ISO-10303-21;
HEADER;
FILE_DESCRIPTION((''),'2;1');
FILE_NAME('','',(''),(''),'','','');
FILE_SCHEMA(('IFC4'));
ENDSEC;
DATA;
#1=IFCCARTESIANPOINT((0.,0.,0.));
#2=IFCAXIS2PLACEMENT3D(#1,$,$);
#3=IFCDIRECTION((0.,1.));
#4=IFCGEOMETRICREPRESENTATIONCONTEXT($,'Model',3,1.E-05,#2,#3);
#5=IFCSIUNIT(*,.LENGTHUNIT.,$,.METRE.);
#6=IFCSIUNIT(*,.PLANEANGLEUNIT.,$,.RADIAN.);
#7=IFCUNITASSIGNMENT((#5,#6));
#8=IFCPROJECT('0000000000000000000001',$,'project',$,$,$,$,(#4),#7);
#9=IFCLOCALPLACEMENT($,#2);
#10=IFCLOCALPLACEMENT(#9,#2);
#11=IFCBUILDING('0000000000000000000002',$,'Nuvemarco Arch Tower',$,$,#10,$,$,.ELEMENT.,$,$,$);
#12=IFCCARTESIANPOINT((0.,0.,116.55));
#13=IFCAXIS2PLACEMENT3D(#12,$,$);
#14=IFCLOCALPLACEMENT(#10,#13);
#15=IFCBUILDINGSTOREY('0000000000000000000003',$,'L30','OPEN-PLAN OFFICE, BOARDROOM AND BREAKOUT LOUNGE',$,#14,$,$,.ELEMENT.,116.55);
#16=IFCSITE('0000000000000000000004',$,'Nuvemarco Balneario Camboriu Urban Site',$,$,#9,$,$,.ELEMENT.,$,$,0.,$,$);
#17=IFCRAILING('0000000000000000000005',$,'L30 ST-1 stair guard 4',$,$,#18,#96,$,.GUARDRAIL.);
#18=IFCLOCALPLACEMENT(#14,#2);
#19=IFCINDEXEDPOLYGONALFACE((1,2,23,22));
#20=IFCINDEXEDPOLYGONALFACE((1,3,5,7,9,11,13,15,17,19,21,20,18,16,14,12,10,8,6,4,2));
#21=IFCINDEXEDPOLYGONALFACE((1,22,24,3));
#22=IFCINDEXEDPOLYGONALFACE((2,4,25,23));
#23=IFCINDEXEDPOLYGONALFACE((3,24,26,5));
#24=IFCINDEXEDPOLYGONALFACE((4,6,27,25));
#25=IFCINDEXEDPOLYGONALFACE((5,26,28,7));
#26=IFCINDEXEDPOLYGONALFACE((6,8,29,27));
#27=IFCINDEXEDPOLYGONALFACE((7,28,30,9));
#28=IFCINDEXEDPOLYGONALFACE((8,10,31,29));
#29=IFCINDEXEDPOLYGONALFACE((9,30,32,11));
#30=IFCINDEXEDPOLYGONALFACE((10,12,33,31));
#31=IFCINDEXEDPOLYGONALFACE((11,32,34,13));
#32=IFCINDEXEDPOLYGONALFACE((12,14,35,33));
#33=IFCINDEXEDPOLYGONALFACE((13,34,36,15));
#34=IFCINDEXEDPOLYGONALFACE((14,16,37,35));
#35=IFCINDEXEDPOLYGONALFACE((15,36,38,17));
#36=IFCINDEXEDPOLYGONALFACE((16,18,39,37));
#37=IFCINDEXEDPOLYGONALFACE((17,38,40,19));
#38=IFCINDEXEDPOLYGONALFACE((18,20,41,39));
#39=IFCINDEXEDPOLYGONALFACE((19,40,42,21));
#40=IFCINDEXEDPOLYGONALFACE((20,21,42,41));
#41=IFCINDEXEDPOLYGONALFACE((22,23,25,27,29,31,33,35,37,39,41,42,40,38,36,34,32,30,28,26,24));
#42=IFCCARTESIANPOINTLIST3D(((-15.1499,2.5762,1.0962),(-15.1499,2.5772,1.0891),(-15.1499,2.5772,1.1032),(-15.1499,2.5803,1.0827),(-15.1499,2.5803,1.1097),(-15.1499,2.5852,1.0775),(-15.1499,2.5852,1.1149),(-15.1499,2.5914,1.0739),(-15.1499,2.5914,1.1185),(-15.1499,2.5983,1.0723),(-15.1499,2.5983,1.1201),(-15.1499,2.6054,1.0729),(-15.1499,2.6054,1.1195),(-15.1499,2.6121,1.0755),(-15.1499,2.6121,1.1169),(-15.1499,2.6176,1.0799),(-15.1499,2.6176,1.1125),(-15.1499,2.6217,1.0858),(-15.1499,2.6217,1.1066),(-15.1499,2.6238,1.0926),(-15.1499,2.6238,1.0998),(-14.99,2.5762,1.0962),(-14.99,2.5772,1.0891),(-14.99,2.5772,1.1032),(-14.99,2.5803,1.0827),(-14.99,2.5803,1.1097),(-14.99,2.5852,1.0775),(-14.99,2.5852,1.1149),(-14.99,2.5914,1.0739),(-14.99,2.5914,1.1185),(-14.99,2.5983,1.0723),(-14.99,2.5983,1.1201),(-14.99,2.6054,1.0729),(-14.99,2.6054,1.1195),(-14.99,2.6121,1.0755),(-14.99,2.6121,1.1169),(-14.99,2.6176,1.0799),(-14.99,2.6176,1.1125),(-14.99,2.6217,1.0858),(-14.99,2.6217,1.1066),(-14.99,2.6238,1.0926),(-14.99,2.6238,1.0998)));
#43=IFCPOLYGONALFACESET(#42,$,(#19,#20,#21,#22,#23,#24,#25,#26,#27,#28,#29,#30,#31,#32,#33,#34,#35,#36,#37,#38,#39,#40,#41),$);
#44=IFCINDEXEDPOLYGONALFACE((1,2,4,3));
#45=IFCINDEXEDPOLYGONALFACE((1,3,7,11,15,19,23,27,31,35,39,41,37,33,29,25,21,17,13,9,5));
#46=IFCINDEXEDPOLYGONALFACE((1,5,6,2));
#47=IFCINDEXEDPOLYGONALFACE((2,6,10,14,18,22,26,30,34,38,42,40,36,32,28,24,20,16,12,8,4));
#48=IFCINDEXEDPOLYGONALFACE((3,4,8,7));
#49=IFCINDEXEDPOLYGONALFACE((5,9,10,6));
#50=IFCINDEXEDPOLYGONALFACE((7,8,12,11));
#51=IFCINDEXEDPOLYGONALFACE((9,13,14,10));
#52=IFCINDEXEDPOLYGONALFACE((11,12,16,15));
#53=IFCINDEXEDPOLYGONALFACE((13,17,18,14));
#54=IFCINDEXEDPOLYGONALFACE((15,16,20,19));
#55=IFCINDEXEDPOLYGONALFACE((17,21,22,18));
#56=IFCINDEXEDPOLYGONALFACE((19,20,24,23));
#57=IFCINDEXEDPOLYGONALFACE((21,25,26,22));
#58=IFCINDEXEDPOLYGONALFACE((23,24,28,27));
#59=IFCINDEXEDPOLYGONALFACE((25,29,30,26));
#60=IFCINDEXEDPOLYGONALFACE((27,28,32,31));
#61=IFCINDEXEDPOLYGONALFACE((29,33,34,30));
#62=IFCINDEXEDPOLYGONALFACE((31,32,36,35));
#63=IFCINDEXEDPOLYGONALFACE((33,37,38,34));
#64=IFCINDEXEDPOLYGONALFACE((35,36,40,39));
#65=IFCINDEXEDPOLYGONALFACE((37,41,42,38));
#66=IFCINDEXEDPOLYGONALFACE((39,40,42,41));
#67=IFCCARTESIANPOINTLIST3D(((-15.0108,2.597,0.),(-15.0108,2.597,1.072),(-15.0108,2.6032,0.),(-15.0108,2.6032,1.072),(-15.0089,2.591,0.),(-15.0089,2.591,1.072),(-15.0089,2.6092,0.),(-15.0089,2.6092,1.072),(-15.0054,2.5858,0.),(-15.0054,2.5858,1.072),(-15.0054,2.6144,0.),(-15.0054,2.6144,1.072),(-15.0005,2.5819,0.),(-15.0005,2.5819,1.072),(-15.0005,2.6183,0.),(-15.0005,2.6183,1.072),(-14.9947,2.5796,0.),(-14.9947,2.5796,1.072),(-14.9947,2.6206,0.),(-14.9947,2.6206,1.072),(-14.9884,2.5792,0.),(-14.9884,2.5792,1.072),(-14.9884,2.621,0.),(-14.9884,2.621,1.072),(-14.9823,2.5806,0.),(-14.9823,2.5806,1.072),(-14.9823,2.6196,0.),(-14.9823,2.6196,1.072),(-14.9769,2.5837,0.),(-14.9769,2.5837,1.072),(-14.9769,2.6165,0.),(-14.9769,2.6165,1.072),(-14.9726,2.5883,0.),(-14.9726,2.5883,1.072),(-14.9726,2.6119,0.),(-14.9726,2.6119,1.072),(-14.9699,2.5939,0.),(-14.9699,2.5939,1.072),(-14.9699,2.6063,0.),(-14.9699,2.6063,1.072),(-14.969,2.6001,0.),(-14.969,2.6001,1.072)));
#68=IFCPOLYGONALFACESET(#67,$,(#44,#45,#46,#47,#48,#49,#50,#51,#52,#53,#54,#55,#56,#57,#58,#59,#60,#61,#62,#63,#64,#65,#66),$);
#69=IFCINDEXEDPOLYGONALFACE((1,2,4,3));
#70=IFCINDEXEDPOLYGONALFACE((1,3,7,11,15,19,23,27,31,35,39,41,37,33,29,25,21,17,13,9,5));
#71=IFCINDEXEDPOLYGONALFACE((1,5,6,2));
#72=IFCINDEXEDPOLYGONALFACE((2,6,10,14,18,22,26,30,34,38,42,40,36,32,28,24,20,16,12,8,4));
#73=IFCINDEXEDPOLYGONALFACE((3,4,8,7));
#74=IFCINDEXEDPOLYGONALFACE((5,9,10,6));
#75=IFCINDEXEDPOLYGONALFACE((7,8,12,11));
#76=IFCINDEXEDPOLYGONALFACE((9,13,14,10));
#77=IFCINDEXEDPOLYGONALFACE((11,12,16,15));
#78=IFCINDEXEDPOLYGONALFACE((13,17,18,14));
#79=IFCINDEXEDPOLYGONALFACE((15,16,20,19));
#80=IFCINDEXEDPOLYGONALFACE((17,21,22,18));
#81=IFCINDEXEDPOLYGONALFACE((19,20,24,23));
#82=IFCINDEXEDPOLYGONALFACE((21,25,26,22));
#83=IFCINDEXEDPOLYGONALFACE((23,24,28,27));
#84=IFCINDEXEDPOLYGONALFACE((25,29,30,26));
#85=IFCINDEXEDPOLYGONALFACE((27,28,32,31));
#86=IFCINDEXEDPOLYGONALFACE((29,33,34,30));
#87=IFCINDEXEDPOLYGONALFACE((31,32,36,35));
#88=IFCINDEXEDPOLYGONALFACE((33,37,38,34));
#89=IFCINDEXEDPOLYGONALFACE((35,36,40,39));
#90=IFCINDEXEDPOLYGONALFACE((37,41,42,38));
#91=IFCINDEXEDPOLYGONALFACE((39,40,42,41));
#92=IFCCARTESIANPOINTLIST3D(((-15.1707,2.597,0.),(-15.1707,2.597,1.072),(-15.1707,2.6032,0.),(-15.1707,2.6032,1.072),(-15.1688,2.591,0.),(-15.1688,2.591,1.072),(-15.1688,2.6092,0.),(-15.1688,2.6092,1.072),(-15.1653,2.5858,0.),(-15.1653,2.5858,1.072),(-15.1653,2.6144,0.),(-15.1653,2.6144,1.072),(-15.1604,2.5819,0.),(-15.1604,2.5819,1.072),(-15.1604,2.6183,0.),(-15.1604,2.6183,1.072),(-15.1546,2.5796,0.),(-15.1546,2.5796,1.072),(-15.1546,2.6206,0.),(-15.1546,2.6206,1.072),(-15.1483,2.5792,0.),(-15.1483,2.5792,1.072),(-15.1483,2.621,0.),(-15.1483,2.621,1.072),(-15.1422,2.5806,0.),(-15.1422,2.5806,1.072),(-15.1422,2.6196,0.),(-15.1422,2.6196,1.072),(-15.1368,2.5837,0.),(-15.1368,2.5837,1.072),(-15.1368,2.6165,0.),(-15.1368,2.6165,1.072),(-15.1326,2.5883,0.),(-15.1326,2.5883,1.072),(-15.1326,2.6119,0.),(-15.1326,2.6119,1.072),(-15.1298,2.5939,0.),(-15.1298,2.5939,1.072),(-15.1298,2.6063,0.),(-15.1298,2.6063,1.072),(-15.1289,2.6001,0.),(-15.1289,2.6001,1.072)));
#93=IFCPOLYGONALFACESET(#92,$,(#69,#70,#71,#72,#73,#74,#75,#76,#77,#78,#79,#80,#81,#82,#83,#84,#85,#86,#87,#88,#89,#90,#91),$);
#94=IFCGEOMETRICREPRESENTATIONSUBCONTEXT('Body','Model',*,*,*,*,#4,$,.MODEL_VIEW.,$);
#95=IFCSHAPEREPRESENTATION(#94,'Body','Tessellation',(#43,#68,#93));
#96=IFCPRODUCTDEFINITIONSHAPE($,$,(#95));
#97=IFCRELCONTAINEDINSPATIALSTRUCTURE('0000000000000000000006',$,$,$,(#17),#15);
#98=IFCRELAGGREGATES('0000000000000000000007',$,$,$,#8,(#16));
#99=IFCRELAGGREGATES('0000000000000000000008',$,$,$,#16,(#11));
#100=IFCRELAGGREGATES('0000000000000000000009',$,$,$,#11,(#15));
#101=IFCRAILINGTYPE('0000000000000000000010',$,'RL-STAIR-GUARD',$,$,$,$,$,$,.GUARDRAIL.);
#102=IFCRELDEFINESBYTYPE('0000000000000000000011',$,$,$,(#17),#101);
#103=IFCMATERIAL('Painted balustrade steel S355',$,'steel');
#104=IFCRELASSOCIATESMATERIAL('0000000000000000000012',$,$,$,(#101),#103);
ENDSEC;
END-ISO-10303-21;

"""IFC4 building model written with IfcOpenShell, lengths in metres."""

from ifc_helpers import new_model, si_unit, direction, frame, origin, origin_2d, place, context, subcontext, project, spatial, circle, extrude, material, type_object, element, save


model = new_model("IFC4")

# Units and contexts
model_context = context("Model", 3, precision=1e-05, world=origin(), true_north=direction((0.0, 1.0)))
body_context = subcontext(model_context, "Body", "Model", "MODEL_VIEW")
ifc_project = project(units=[si_unit("LENGTHUNIT", "METRE"), si_unit("PLANEANGLEUNIT", "RADIAN")], contexts=[model_context])

# Site, building, storey
site_placement = place(None, origin())
site = spatial("IfcSite", under=ifc_project, at=site_placement, Name="Nuvemarco Balneario Camboriu Urban Site", CompositionType="ELEMENT", RefElevation=0.0)
building_placement = place(site_placement, origin())
building = spatial("IfcBuilding", under=site, at=building_placement, Name="Nuvemarco Arch Tower", CompositionType="ELEMENT")
storey_placement = place(building_placement, frame((0.0, 0.0, 116.55)))
storey = spatial("IfcBuildingStorey", under=building, at=storey_placement, Name="L30", Description="OPEN-PLAN OFFICE, BOARDROOM AND BREAKOUT LOUNGE", CompositionType="ELEMENT", Elevation=116.55)

# Railing
ifc_material_1 = material(Name="Painted balustrade steel S355", Category="steel")
railing_type_1 = type_object("IfcRailingType", Name="RL-STAIR-GUARD", PredefinedType="GUARDRAIL", material=ifc_material_1)
railing_1_placement = place(storey_placement, frame((-14.99, 2.6001, 0.0)))
element("IfcRailing", 1, at=railing_1_placement, inside=storey, type_object=railing_type_1, Name="L30 ST-1 stair guard 4", PredefinedType="GUARDRAIL", context=body_context, shape_type="SweptSolid", body=[
    extrude(circle(Radius=0.0239, at=origin_2d()), frame((0.0, 0.0, 1.0962), z_axis=(-1.0, 0.0, 0.0), x_axis=(0.0, -1.0, 0.0)), (0.0, 0.0, 1.0), 0.1599),
    extrude(circle(Radius=0.021, at=origin_2d()), origin(), (0.0, 0.0, 1.0), 1.072),
    extrude(circle(Radius=0.021, at=origin_2d()), frame((-0.1599, 0.0, 0.0)), (0.0, 0.0, 1.0), 1.072),
])

save(model, "model.ifc")
